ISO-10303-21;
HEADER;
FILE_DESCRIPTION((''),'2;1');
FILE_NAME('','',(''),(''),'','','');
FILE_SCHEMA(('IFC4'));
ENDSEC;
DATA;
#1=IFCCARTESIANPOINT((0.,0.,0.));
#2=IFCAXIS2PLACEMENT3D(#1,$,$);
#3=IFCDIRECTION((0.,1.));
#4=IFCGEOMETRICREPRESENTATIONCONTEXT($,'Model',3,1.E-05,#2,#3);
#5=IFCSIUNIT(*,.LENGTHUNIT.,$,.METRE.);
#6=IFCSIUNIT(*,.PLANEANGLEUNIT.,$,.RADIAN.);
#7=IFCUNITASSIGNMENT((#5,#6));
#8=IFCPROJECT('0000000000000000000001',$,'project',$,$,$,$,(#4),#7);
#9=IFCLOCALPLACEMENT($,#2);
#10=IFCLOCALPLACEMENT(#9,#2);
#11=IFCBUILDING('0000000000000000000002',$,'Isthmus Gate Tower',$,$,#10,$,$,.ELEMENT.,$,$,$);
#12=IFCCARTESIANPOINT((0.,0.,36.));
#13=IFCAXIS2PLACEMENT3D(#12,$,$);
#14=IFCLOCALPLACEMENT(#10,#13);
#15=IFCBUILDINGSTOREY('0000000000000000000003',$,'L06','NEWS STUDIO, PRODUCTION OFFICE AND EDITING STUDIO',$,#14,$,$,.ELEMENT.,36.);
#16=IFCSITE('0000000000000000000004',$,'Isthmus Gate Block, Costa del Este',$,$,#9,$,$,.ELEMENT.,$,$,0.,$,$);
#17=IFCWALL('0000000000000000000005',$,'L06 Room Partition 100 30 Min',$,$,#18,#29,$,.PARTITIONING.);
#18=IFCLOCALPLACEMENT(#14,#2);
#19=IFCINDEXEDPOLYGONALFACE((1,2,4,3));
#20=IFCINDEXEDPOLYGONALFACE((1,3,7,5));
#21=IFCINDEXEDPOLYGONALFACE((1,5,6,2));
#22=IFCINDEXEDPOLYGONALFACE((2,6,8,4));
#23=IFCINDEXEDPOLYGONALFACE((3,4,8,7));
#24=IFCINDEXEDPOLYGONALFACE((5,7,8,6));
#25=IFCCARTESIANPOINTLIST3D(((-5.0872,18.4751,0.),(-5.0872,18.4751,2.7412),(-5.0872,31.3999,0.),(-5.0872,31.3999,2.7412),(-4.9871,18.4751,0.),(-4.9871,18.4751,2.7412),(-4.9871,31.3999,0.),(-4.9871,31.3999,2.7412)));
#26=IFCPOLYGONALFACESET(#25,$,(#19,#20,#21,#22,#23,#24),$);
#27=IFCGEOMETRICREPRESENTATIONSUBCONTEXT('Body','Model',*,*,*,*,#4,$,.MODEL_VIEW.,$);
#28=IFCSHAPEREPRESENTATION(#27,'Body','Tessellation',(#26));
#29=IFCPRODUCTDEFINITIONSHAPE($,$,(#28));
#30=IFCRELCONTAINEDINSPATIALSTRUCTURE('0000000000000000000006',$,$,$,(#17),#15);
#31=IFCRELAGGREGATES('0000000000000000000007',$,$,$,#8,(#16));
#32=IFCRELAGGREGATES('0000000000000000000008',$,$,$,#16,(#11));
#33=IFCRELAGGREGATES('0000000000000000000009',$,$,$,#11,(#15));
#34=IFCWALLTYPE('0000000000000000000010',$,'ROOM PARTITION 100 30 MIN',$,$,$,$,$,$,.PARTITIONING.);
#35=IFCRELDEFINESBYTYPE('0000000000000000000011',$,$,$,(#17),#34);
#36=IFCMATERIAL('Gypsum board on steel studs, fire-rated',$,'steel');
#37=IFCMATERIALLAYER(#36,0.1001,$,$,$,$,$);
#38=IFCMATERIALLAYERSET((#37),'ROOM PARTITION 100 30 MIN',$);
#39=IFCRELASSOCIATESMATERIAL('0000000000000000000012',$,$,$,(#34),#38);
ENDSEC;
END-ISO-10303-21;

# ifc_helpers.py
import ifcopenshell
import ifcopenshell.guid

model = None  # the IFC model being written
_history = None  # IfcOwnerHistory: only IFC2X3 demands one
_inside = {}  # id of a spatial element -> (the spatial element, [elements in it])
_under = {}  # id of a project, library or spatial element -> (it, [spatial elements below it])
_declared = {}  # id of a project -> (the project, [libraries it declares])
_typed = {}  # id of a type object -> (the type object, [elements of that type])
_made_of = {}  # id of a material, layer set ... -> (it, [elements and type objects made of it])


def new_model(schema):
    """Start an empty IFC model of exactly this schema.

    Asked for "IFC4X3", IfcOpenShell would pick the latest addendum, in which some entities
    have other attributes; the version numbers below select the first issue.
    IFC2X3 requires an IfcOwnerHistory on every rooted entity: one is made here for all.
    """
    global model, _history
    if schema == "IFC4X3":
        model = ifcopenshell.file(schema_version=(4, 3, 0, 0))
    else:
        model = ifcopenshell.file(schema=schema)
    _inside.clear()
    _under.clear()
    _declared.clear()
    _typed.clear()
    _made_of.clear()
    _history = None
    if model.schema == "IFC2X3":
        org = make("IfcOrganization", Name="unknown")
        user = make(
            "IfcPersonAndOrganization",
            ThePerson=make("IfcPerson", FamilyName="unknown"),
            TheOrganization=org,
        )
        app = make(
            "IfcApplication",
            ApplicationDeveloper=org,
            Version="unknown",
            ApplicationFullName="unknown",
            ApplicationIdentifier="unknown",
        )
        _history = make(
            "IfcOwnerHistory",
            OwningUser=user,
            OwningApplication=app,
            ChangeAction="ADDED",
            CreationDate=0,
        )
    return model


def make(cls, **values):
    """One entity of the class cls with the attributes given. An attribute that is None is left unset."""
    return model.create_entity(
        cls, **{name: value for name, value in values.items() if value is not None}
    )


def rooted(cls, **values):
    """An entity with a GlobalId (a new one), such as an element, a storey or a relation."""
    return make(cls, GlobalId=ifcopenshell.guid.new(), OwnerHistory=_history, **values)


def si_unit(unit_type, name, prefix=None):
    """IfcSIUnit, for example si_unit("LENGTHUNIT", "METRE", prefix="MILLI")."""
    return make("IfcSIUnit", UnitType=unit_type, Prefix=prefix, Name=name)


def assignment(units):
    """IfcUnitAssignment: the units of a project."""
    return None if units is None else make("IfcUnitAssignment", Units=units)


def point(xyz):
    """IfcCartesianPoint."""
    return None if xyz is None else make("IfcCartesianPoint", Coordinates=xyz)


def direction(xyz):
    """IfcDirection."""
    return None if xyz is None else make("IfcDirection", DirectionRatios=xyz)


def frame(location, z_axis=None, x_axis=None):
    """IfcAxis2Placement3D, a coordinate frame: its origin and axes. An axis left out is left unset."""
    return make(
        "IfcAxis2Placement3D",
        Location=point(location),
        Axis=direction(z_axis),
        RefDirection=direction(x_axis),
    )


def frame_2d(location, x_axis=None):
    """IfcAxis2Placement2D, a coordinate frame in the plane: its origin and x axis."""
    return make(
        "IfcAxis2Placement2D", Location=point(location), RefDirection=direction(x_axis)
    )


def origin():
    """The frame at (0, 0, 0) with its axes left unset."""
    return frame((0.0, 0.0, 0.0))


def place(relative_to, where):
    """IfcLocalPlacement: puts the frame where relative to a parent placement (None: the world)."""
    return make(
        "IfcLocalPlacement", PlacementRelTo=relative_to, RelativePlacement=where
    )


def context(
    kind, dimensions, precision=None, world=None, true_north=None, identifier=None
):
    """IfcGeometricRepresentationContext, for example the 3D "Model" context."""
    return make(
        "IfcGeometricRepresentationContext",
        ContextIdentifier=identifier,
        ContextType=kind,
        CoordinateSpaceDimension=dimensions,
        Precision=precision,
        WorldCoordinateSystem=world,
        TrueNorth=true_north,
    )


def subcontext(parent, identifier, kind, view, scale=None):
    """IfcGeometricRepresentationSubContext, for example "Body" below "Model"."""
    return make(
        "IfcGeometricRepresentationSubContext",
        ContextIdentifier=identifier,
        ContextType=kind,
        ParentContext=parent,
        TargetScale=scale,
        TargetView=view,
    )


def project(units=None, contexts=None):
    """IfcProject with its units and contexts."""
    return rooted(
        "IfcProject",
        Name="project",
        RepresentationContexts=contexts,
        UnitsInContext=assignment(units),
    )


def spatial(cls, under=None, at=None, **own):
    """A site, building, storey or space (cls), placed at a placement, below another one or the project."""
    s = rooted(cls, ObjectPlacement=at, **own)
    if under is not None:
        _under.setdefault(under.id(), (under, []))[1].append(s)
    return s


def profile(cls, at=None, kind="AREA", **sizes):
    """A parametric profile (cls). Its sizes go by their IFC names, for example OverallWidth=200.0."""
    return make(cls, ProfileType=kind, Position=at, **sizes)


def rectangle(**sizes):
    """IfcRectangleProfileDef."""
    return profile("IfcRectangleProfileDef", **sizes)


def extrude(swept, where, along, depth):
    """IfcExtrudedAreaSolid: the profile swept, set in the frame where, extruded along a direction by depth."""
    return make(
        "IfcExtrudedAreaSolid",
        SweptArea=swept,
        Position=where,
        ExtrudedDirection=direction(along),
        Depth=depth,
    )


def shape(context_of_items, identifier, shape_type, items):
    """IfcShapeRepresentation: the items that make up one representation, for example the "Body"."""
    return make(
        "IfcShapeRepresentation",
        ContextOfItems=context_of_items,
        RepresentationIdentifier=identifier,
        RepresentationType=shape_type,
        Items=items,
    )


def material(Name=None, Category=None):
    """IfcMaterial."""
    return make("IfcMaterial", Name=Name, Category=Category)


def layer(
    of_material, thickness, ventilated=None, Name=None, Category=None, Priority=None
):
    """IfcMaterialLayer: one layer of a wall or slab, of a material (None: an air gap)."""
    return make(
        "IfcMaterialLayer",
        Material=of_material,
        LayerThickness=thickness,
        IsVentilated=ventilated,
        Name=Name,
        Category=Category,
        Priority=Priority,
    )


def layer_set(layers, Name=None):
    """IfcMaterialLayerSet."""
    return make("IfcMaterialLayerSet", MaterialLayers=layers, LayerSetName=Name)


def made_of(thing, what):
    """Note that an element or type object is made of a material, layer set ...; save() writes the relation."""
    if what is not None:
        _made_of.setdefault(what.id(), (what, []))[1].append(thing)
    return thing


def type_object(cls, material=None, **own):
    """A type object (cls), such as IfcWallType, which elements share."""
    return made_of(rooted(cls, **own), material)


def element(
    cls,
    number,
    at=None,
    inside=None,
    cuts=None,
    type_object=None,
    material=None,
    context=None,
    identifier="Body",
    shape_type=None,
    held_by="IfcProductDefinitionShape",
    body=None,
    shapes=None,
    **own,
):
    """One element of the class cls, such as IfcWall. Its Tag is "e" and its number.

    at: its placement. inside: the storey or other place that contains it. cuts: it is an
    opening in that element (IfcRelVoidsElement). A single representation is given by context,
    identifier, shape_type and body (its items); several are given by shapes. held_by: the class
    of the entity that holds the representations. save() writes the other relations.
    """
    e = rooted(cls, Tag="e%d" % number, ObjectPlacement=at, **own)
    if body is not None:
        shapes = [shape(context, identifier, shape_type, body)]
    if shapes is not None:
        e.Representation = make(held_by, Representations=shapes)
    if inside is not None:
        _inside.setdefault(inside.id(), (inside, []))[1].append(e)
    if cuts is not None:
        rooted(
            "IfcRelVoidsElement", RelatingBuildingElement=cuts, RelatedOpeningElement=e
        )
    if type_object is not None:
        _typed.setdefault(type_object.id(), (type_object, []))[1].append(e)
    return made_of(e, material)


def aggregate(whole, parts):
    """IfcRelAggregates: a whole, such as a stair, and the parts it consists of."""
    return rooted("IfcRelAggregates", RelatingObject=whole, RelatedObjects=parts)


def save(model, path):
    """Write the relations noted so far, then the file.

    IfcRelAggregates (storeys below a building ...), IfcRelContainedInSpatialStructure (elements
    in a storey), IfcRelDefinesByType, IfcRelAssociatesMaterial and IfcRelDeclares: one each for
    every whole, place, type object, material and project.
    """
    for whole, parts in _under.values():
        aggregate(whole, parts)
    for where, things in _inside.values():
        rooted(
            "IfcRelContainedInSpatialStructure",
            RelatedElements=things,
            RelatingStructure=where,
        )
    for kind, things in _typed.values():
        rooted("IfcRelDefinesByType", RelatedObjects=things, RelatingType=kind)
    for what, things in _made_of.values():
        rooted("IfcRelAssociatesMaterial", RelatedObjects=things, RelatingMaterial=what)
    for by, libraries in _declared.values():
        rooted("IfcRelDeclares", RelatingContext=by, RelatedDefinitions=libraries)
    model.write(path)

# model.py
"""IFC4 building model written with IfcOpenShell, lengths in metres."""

from ifc_helpers import new_model, si_unit, direction, frame, frame_2d, origin, place, context, subcontext, project, spatial, rectangle, extrude, material, layer, layer_set, type_object, element, save


model = new_model("IFC4")

# Units and contexts
model_context = context("Model", 3, precision=1e-05, world=origin(), true_north=direction((0.0, 1.0)))
body_context = subcontext(model_context, "Body", "Model", "MODEL_VIEW")
ifc_project = project(units=[si_unit("LENGTHUNIT", "METRE"), si_unit("PLANEANGLEUNIT", "RADIAN")], contexts=[model_context])

# Site, building, storey
site_placement = place(None, origin())
site = spatial("IfcSite", under=ifc_project, at=site_placement, Name="Isthmus Gate Block, Costa del Este", CompositionType="ELEMENT", RefElevation=0.0)
building_placement = place(site_placement, origin())
building = spatial("IfcBuilding", under=site, at=building_placement, Name="Isthmus Gate Tower", CompositionType="ELEMENT")
storey_placement = place(building_placement, frame((0.0, 0.0, 36.0)))
storey = spatial("IfcBuildingStorey", under=building, at=storey_placement, Name="L06", Description="NEWS STUDIO, PRODUCTION OFFICE AND EDITING STUDIO", CompositionType="ELEMENT", Elevation=36.0)

# Wall
ifc_material_1 = material(Name="Gypsum board on steel studs, fire-rated", Category="steel")
ifc_layer_1 = layer(ifc_material_1, 0.1001)
ifc_layer_set_1 = layer_set([ifc_layer_1], Name="ROOM PARTITION 100 30 MIN")
wall_type_1 = type_object("IfcWallType", Name="ROOM PARTITION 100 30 MIN", PredefinedType="PARTITIONING", material=ifc_layer_set_1)
wall_1_placement = place(storey_placement, frame((-5.0371, 18.4751, 0.0), z_axis=(0.0, 0.0, 1.0), x_axis=(0.0, 1.0, 0.0)))
element("IfcWall", 1, at=wall_1_placement, inside=storey, type_object=wall_type_1, Name="L06 Room Partition 100 30 Min", PredefinedType="PARTITIONING", context=body_context, shape_type="SweptSolid", body=[
    extrude(rectangle(XDim=12.9248, YDim=0.1001, at=frame_2d((6.4624, 0.0))), origin(), (0.0, 0.0, 1.0), 2.7412),
])

save(model, "model.ifc")
